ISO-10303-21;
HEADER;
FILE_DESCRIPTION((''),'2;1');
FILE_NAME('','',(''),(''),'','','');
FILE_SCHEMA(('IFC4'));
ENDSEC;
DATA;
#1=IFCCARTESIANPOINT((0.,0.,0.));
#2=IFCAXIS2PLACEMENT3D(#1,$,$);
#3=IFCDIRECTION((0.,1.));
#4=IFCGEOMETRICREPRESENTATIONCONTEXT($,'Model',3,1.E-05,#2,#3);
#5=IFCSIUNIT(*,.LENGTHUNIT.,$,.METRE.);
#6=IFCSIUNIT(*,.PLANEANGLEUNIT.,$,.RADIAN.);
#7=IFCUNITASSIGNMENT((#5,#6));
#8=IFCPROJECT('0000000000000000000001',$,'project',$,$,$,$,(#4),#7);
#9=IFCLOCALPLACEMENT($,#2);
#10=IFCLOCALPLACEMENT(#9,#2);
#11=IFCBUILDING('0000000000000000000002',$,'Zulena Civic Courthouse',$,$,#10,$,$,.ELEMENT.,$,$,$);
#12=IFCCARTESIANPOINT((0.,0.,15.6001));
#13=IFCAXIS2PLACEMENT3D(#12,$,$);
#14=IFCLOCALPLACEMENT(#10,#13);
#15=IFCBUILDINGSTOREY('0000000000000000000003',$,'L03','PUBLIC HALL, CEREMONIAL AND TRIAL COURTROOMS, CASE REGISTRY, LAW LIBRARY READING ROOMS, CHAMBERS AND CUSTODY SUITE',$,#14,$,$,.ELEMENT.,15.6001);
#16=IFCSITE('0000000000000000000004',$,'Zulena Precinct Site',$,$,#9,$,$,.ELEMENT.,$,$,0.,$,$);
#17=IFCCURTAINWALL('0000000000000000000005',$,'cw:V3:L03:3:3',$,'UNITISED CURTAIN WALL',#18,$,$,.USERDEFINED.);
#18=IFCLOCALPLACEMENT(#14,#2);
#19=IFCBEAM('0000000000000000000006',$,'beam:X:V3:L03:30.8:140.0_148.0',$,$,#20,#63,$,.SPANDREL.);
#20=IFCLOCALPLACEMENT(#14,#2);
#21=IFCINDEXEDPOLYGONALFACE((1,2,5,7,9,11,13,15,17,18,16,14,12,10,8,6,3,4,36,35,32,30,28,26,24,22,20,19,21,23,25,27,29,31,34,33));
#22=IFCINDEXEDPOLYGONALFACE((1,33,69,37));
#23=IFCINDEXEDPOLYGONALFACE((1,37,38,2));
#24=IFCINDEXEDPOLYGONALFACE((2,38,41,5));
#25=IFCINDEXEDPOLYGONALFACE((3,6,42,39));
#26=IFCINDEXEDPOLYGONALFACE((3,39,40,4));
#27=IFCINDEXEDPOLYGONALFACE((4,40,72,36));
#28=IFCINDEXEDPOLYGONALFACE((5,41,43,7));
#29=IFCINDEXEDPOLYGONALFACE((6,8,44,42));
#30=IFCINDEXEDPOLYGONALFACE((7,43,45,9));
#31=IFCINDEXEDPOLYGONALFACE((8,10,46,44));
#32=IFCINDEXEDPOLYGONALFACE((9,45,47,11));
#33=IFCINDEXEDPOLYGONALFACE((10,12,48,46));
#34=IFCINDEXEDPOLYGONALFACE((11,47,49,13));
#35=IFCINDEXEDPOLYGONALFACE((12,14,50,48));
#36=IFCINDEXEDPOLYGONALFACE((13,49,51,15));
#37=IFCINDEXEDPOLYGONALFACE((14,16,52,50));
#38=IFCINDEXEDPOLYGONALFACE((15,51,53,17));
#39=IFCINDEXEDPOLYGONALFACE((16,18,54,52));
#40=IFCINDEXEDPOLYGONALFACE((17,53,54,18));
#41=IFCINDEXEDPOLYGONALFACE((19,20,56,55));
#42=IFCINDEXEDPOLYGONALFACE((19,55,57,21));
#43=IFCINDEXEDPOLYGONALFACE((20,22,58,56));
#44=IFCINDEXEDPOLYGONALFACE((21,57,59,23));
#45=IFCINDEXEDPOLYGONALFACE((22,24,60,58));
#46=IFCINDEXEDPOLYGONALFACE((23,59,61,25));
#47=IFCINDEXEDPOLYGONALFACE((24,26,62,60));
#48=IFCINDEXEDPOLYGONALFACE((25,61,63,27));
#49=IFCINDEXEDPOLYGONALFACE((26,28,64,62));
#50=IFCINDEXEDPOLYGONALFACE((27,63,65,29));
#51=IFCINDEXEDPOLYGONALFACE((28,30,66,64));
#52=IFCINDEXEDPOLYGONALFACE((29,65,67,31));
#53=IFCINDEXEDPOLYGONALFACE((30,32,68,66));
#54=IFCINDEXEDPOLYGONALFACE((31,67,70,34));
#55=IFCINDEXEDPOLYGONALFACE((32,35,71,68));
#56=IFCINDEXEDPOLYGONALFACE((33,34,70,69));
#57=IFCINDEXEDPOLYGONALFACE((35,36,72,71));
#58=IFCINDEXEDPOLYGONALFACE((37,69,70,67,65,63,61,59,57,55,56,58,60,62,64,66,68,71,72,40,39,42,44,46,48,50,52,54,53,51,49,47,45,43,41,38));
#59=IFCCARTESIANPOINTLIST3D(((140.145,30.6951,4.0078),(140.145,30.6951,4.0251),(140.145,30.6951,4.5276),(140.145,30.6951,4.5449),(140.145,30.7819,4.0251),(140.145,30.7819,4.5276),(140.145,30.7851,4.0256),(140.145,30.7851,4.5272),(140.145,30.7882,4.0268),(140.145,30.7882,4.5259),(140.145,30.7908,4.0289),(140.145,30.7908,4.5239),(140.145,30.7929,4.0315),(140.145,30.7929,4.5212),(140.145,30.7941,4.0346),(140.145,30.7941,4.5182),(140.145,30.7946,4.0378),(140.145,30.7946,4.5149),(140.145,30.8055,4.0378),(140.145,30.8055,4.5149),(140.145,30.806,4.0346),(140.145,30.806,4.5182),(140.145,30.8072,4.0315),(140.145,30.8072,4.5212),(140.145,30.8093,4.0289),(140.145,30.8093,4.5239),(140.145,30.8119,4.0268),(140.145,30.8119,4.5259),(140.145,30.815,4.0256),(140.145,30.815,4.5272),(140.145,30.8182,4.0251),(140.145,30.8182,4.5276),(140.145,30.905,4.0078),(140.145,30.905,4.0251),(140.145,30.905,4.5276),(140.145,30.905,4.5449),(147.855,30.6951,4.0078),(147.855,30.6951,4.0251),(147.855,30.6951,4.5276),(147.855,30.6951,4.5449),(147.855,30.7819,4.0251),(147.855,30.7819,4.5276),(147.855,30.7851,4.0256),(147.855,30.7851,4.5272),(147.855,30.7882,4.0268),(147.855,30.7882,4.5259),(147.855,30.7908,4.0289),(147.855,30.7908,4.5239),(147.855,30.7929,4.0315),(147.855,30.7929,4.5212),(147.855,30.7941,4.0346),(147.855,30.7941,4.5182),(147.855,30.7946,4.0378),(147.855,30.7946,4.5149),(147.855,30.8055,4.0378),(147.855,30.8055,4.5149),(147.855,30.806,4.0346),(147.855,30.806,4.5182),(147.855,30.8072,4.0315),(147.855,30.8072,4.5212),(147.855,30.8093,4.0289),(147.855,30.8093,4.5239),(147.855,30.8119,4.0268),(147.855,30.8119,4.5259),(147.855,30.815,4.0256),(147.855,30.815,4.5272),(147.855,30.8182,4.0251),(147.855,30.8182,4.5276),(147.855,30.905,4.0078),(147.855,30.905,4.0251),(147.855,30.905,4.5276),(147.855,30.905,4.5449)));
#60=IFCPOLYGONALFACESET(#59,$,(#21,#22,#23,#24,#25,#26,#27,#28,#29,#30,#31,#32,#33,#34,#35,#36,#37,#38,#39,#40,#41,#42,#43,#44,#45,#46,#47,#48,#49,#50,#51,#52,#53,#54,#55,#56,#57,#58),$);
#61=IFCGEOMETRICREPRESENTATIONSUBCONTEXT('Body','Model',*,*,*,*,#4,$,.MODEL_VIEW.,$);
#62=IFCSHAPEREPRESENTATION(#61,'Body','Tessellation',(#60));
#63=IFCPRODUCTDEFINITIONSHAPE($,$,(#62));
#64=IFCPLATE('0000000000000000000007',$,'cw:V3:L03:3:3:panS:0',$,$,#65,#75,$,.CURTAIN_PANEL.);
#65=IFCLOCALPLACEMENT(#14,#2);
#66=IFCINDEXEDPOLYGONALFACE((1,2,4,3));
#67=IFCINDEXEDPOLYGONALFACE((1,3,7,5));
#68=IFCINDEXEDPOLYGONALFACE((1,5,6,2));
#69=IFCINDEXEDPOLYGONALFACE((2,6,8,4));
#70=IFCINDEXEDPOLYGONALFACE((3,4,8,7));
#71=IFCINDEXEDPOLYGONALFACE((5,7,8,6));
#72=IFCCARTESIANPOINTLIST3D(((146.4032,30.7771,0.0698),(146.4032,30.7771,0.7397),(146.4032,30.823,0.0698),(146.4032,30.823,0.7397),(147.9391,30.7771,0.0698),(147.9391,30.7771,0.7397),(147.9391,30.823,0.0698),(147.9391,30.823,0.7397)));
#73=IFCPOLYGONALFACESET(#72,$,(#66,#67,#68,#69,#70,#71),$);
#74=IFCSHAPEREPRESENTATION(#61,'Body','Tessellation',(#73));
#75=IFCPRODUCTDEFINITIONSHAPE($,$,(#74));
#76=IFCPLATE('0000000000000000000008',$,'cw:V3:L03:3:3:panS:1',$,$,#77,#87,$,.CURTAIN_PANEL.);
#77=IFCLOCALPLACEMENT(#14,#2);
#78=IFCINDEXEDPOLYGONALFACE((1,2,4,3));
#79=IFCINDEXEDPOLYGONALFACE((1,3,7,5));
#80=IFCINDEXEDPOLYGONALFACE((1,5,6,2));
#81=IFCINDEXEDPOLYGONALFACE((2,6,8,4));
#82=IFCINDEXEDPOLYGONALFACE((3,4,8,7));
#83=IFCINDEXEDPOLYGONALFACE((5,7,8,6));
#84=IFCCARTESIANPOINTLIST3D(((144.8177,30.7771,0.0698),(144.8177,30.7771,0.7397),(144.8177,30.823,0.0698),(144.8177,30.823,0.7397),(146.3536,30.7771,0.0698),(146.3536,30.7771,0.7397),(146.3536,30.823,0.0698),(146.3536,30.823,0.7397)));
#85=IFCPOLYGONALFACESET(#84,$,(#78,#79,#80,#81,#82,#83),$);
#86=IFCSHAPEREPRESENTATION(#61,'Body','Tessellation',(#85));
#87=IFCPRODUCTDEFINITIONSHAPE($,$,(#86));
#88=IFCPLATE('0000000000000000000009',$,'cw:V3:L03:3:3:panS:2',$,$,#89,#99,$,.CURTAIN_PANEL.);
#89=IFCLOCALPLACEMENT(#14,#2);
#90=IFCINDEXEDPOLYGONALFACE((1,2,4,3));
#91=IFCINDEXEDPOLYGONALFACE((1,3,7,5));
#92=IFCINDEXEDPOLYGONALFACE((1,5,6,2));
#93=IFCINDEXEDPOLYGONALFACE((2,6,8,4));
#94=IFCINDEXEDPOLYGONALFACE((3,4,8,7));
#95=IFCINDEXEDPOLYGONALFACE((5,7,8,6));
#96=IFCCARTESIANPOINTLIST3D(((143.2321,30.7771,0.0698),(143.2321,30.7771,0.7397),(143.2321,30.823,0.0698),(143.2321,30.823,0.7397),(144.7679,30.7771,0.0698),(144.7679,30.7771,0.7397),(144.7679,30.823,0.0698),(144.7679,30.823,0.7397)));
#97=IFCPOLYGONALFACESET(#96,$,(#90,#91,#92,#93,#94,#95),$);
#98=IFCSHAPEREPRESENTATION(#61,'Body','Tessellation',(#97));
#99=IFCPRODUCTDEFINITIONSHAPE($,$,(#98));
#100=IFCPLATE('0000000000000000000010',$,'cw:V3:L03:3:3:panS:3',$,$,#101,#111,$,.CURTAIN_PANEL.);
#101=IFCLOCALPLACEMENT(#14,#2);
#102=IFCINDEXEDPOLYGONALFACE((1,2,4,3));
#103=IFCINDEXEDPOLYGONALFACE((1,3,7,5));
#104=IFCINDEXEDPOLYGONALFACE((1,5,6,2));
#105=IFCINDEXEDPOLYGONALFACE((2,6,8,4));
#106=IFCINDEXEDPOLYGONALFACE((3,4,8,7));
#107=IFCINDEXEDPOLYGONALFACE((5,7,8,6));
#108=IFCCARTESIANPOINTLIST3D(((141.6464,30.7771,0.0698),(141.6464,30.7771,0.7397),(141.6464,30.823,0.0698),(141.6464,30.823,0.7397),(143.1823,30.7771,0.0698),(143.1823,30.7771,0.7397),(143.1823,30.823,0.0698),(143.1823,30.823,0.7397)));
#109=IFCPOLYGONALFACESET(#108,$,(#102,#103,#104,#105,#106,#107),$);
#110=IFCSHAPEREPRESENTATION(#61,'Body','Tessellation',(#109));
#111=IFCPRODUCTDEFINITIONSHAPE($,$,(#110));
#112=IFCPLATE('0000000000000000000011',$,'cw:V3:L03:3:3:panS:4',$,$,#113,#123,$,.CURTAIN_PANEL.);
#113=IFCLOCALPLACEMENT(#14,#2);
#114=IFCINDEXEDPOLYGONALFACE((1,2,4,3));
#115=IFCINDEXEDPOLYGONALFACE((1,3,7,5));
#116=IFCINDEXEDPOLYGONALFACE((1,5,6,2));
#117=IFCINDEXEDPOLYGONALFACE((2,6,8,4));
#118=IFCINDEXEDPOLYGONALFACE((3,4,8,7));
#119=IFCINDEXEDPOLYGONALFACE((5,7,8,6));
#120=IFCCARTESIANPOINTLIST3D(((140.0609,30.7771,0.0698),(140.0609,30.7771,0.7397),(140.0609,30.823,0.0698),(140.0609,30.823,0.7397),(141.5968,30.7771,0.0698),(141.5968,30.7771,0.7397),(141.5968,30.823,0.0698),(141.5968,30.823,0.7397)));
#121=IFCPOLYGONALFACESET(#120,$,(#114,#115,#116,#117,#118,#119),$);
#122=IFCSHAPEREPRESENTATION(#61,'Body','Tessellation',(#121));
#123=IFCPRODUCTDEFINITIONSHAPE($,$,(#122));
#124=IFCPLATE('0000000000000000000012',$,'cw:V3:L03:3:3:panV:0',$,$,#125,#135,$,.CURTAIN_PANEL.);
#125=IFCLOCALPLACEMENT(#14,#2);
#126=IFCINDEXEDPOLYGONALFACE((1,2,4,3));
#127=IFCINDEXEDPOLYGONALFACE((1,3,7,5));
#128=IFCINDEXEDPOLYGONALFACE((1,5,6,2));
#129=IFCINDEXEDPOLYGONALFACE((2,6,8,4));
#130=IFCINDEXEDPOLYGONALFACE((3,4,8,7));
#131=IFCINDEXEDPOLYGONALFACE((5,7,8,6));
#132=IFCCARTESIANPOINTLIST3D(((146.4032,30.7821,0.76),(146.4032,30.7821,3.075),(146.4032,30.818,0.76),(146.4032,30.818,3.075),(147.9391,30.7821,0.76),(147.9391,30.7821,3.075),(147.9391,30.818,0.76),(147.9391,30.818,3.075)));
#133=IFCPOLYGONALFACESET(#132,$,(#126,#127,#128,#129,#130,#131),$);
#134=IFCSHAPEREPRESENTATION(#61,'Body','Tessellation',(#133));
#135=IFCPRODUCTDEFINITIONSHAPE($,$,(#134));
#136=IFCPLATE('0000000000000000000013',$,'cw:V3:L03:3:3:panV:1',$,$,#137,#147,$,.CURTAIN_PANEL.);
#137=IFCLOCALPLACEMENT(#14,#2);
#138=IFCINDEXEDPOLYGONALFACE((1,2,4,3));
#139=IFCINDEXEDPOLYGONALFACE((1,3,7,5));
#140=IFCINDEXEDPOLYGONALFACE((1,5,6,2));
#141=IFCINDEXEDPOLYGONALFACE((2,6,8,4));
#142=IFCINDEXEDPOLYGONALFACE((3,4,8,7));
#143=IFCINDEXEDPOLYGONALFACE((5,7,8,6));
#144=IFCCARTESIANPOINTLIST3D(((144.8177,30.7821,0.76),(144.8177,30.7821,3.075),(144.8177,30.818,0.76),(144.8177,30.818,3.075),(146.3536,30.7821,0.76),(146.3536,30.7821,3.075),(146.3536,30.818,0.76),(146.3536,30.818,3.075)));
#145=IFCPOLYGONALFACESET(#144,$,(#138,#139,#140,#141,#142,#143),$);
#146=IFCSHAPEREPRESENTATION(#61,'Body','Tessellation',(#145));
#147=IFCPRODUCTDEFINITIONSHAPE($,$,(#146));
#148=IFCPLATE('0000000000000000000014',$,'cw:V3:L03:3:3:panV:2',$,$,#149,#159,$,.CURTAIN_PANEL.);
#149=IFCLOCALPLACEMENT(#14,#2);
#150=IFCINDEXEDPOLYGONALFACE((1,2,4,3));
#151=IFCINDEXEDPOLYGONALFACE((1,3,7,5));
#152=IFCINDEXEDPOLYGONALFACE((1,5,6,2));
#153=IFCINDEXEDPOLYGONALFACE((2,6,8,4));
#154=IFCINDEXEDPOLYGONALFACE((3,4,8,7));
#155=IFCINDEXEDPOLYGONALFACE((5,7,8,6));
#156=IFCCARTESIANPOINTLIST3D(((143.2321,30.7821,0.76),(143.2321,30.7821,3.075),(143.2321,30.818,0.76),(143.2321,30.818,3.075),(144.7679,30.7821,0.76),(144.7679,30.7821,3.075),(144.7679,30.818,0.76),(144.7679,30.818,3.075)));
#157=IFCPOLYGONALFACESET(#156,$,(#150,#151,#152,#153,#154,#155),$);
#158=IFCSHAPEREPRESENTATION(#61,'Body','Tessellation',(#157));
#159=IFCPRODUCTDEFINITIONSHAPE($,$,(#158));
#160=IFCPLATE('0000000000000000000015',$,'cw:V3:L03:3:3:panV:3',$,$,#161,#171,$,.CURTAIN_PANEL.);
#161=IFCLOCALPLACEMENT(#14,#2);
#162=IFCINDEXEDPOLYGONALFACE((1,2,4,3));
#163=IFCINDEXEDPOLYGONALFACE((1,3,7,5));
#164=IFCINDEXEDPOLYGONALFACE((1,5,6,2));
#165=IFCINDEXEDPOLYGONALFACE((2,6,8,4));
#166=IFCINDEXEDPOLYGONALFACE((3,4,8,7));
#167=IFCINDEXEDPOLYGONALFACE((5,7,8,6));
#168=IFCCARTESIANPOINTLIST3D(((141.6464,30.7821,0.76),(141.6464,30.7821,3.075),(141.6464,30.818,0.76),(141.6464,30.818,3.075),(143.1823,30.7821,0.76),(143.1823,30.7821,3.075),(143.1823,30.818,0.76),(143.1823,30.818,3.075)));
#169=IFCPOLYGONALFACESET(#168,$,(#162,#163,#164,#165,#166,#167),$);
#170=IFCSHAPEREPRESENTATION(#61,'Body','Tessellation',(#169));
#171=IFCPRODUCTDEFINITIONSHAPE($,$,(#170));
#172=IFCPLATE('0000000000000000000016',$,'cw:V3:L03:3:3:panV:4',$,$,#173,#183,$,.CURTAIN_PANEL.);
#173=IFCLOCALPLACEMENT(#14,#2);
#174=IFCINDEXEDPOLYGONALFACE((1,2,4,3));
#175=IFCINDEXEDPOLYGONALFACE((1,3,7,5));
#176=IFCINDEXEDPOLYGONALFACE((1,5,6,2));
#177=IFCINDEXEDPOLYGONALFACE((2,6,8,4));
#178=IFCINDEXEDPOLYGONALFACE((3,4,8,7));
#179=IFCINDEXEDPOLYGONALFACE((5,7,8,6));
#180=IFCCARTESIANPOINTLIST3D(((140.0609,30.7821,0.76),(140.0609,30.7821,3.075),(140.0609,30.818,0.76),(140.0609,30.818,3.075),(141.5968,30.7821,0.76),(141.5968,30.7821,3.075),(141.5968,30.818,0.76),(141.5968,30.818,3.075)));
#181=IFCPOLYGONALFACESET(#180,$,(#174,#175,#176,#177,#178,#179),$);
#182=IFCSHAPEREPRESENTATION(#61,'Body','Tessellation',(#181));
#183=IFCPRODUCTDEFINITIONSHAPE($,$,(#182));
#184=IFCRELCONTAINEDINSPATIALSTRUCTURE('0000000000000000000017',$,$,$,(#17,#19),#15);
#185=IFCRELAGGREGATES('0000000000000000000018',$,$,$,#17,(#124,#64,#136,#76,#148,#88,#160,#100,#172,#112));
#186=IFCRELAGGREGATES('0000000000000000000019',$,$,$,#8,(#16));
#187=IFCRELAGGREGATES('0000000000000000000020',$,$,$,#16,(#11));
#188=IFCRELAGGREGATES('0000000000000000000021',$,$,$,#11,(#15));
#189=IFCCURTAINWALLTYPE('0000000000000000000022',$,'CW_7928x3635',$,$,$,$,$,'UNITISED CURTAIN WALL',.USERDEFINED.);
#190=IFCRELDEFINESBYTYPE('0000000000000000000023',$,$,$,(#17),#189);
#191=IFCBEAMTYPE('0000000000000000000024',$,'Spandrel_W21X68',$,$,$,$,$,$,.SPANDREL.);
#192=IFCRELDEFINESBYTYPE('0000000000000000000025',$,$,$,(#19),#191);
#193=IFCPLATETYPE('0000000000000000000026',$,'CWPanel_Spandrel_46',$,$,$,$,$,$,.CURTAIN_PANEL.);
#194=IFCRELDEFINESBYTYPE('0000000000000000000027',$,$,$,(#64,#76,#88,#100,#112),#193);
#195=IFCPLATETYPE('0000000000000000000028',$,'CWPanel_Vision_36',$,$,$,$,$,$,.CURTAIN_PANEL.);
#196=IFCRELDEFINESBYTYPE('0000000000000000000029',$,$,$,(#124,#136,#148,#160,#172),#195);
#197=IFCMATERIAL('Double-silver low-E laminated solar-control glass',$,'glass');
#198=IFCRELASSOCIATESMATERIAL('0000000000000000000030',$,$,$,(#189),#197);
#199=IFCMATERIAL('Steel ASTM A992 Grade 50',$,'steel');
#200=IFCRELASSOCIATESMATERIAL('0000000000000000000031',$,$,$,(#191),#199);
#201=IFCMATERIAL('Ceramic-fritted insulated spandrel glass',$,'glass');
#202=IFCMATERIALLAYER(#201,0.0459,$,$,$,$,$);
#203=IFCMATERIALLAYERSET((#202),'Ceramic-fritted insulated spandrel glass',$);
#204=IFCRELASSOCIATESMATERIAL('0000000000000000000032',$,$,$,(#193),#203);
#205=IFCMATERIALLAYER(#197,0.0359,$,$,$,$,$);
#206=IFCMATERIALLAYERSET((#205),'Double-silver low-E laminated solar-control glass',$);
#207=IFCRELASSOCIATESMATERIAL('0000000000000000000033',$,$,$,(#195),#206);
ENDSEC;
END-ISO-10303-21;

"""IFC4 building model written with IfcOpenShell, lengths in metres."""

from ifc_helpers import new_model, si_unit, direction, frame, origin, origin_2d, place, context, subcontext, project, spatial, rectangle, i_section, extrude, material, layer, layer_set, material_profile, profile_set, type_object, element, aggregate, save


model = new_model("IFC4")

# Units and contexts
model_context = context("Model", 3, precision=1e-05, world=origin(), true_north=direction((0.0, 1.0)))
body_context = subcontext(model_context, "Body", "Model", "MODEL_VIEW")
ifc_project = project(units=[si_unit("LENGTHUNIT", "METRE"), si_unit("PLANEANGLEUNIT", "RADIAN")], contexts=[model_context])

# Site, building, storey
site_placement = place(None, origin())
site = spatial("IfcSite", under=ifc_project, at=site_placement, Name="Zulena Precinct Site", CompositionType="ELEMENT", RefElevation=0.0)
building_placement = place(site_placement, origin())
building = spatial("IfcBuilding", under=site, at=building_placement, Name="Zulena Civic Courthouse", CompositionType="ELEMENT")
storey_placement = place(building_placement, frame((0.0, 0.0, 15.6001)))
storey = spatial("IfcBuildingStorey", under=building, at=storey_placement, Name="L03", Description="PUBLIC HALL, CEREMONIAL AND TRIAL COURTROOMS, CASE REGISTRY, LAW LIBRARY READING ROOMS, CHAMBERS AND CUSTODY SUITE", CompositionType="ELEMENT", Elevation=15.6001)

# Shared definitions
ifc_material_1 = material(Name="Steel ASTM A992 Grade 50", Category="steel")

# Curtain wall
ifc_material_2 = material(Name="Double-silver low-E laminated solar-control glass", Category="glass")
curtain_wall_type = type_object("IfcCurtainWallType", Name="CW_7928x3635", ElementType="UNITISED CURTAIN WALL", PredefinedType="USERDEFINED", material=ifc_material_2)
curtain_wall_1_placement = place(storey_placement, origin())
curtain_wall_1 = element("IfcCurtainWall", 1, at=curtain_wall_1_placement, inside=storey, type_object=curtain_wall_type, Name="cw:V3:L03:3:3", ObjectType="UNITISED CURTAIN WALL", PredefinedType="USERDEFINED")

# Beam
ifc_material_profile_1 = material_profile(ifc_material_1, i_section(OverallWidth=0.21, OverallDepth=0.5371, WebThickness=0.011, FlangeThickness=0.0173, FilletRadius=0.0127, at=origin_2d()), Name="W21X68")
ifc_profile_set_1 = profile_set([ifc_material_profile_1], Name="Steel ASTM A992 Grade 50")
beam_type_1 = type_object("IfcBeamType", Name="Spandrel_W21X68", PredefinedType="SPANDREL", material=ifc_profile_set_1)
beam_1_placement = place(storey_placement, frame((140.145, 30.8, 4.2764), z_axis=(1.0, 0.0, 0.0), x_axis=(0.0, 1.0, 0.0)))
element("IfcBeam", 2, at=beam_1_placement, inside=storey, type_object=beam_type_1, Name="beam:X:V3:L03:30.8:140.0_148.0", PredefinedType="SPANDREL", context=body_context, shape_type="SweptSolid", body=[
    extrude(i_section(OverallWidth=0.21, OverallDepth=0.5371, WebThickness=0.011, FlangeThickness=0.0173, FilletRadius=0.0127, at=origin_2d()), origin(), (0.0, 0.0, 1.0), 7.71),
])

# Plates
ifc_material_3 = material(Name="Ceramic-fritted insulated spandrel glass", Category="glass")
ifc_layer_1 = layer(ifc_material_3, 0.0459)
ifc_layer_set_1 = layer_set([ifc_layer_1], Name="Ceramic-fritted insulated spandrel glass")
plate_type_1 = type_object("IfcPlateType", Name="CWPanel_Spandrel_46", PredefinedType="CURTAIN_PANEL", material=ifc_layer_set_1)
plate_1_placement = place(storey_placement, frame((147.1711, 30.8, 0.0698), z_axis=(0.0, 0.0, 1.0), x_axis=(-1.0, 0.0, 0.0)))
plate_1 = element("IfcPlate", 3, at=plate_1_placement, type_object=plate_type_1, Name="cw:V3:L03:3:3:panS:0", PredefinedType="CURTAIN_PANEL", context=body_context, shape_type="SweptSolid", body=[
    extrude(rectangle(XDim=1.5359, YDim=0.0459, at=origin_2d()), origin(), (0.0, 0.0, 1.0), 0.6699),
])
plate_2_placement = place(storey_placement, frame((145.5857, 30.8, 0.0698), z_axis=(0.0, 0.0, 1.0), x_axis=(-1.0, 0.0, 0.0)))
plate_2 = element("IfcPlate", 4, at=plate_2_placement, type_object=plate_type_1, Name="cw:V3:L03:3:3:panS:1", PredefinedType="CURTAIN_PANEL", context=body_context, shape_type="SweptSolid", body=[
    extrude(rectangle(XDim=1.5359, YDim=0.0459, at=origin_2d()), origin(), (0.0, 0.0, 1.0), 0.6699),
])
plate_3_placement = place(storey_placement, frame((144.0, 30.8, 0.0698), z_axis=(0.0, 0.0, 1.0), x_axis=(-1.0, 0.0, 0.0)))
plate_3 = element("IfcPlate", 5, at=plate_3_placement, type_object=plate_type_1, Name="cw:V3:L03:3:3:panS:2", PredefinedType="CURTAIN_PANEL", context=body_context, shape_type="SweptSolid", body=[
    extrude(rectangle(XDim=1.5359, YDim=0.0459, at=origin_2d()), origin(), (0.0, 0.0, 1.0), 0.6699),
])
plate_4_placement = place(storey_placement, frame((142.4143, 30.8, 0.0698), z_axis=(0.0, 0.0, 1.0), x_axis=(-1.0, 0.0, 0.0)))
plate_4 = element("IfcPlate", 6, at=plate_4_placement, type_object=plate_type_1, Name="cw:V3:L03:3:3:panS:3", PredefinedType="CURTAIN_PANEL", context=body_context, shape_type="SweptSolid", body=[
    extrude(rectangle(XDim=1.5359, YDim=0.0459, at=origin_2d()), origin(), (0.0, 0.0, 1.0), 0.6699),
])
plate_5_placement = place(storey_placement, frame((140.8289, 30.8, 0.0698), z_axis=(0.0, 0.0, 1.0), x_axis=(-1.0, 0.0, 0.0)))
plate_5 = element("IfcPlate", 7, at=plate_5_placement, type_object=plate_type_1, Name="cw:V3:L03:3:3:panS:4", PredefinedType="CURTAIN_PANEL", context=body_context, shape_type="SweptSolid", body=[
    extrude(rectangle(XDim=1.5359, YDim=0.0459, at=origin_2d()), origin(), (0.0, 0.0, 1.0), 0.6699),
])
ifc_layer_2 = layer(ifc_material_2, 0.0359)
ifc_layer_set_2 = layer_set([ifc_layer_2], Name="Double-silver low-E laminated solar-control glass")
plate_type_2 = type_object("IfcPlateType", Name="CWPanel_Vision_36", PredefinedType="CURTAIN_PANEL", material=ifc_layer_set_2)
plate_6_placement = place(storey_placement, frame((147.1711, 30.8, 0.76), z_axis=(0.0, 0.0, 1.0), x_axis=(-1.0, 0.0, 0.0)))
plate_6 = element("IfcPlate", 8, at=plate_6_placement, type_object=plate_type_2, Name="cw:V3:L03:3:3:panV:0", PredefinedType="CURTAIN_PANEL", context=body_context, shape_type="SweptSolid", body=[
    extrude(rectangle(XDim=1.5359, YDim=0.0359, at=origin_2d()), origin(), (0.0, 0.0, 1.0), 2.3149),
])
plate_7_placement = place(storey_placement, frame((145.5857, 30.8, 0.76), z_axis=(0.0, 0.0, 1.0), x_axis=(-1.0, 0.0, 0.0)))
plate_7 = element("IfcPlate", 9, at=plate_7_placement, type_object=plate_type_2, Name="cw:V3:L03:3:3:panV:1", PredefinedType="CURTAIN_PANEL", context=body_context, shape_type="SweptSolid", body=[
    extrude(rectangle(XDim=1.5359, YDim=0.0359, at=origin_2d()), origin(), (0.0, 0.0, 1.0), 2.3149),
])
plate_8_placement = place(storey_placement, frame((144.0, 30.8, 0.76), z_axis=(0.0, 0.0, 1.0), x_axis=(-1.0, 0.0, 0.0)))
plate_8 = element("IfcPlate", 10, at=plate_8_placement, type_object=plate_type_2, Name="cw:V3:L03:3:3:panV:2", PredefinedType="CURTAIN_PANEL", context=body_context, shape_type="SweptSolid", body=[
    extrude(rectangle(XDim=1.5359, YDim=0.0359, at=origin_2d()), origin(), (0.0, 0.0, 1.0), 2.3149),
])
plate_9_placement = place(storey_placement, frame((142.4143, 30.8, 0.76), z_axis=(0.0, 0.0, 1.0), x_axis=(-1.0, 0.0, 0.0)))
plate_9 = element("IfcPlate", 11, at=plate_9_placement, type_object=plate_type_2, Name="cw:V3:L03:3:3:panV:3", PredefinedType="CURTAIN_PANEL", context=body_context, shape_type="SweptSolid", body=[
    extrude(rectangle(XDim=1.5359, YDim=0.0359, at=origin_2d()), origin(), (0.0, 0.0, 1.0), 2.3149),
])
plate_10_placement = place(storey_placement, frame((140.8289, 30.8, 0.76), z_axis=(0.0, 0.0, 1.0), x_axis=(-1.0, 0.0, 0.0)))
plate_10 = element("IfcPlate", 12, at=plate_10_placement, type_object=plate_type_2, Name="cw:V3:L03:3:3:panV:4", PredefinedType="CURTAIN_PANEL", context=body_context, shape_type="SweptSolid", body=[
    extrude(rectangle(XDim=1.5359, YDim=0.0359, at=origin_2d()), origin(), (0.0, 0.0, 1.0), 2.3149),
])
aggregate(curtain_wall_1, [plate_6, plate_1, plate_7, plate_2, plate_8, plate_3, plate_9, plate_4, plate_10, plate_5])

save(model, "model.ifc")
